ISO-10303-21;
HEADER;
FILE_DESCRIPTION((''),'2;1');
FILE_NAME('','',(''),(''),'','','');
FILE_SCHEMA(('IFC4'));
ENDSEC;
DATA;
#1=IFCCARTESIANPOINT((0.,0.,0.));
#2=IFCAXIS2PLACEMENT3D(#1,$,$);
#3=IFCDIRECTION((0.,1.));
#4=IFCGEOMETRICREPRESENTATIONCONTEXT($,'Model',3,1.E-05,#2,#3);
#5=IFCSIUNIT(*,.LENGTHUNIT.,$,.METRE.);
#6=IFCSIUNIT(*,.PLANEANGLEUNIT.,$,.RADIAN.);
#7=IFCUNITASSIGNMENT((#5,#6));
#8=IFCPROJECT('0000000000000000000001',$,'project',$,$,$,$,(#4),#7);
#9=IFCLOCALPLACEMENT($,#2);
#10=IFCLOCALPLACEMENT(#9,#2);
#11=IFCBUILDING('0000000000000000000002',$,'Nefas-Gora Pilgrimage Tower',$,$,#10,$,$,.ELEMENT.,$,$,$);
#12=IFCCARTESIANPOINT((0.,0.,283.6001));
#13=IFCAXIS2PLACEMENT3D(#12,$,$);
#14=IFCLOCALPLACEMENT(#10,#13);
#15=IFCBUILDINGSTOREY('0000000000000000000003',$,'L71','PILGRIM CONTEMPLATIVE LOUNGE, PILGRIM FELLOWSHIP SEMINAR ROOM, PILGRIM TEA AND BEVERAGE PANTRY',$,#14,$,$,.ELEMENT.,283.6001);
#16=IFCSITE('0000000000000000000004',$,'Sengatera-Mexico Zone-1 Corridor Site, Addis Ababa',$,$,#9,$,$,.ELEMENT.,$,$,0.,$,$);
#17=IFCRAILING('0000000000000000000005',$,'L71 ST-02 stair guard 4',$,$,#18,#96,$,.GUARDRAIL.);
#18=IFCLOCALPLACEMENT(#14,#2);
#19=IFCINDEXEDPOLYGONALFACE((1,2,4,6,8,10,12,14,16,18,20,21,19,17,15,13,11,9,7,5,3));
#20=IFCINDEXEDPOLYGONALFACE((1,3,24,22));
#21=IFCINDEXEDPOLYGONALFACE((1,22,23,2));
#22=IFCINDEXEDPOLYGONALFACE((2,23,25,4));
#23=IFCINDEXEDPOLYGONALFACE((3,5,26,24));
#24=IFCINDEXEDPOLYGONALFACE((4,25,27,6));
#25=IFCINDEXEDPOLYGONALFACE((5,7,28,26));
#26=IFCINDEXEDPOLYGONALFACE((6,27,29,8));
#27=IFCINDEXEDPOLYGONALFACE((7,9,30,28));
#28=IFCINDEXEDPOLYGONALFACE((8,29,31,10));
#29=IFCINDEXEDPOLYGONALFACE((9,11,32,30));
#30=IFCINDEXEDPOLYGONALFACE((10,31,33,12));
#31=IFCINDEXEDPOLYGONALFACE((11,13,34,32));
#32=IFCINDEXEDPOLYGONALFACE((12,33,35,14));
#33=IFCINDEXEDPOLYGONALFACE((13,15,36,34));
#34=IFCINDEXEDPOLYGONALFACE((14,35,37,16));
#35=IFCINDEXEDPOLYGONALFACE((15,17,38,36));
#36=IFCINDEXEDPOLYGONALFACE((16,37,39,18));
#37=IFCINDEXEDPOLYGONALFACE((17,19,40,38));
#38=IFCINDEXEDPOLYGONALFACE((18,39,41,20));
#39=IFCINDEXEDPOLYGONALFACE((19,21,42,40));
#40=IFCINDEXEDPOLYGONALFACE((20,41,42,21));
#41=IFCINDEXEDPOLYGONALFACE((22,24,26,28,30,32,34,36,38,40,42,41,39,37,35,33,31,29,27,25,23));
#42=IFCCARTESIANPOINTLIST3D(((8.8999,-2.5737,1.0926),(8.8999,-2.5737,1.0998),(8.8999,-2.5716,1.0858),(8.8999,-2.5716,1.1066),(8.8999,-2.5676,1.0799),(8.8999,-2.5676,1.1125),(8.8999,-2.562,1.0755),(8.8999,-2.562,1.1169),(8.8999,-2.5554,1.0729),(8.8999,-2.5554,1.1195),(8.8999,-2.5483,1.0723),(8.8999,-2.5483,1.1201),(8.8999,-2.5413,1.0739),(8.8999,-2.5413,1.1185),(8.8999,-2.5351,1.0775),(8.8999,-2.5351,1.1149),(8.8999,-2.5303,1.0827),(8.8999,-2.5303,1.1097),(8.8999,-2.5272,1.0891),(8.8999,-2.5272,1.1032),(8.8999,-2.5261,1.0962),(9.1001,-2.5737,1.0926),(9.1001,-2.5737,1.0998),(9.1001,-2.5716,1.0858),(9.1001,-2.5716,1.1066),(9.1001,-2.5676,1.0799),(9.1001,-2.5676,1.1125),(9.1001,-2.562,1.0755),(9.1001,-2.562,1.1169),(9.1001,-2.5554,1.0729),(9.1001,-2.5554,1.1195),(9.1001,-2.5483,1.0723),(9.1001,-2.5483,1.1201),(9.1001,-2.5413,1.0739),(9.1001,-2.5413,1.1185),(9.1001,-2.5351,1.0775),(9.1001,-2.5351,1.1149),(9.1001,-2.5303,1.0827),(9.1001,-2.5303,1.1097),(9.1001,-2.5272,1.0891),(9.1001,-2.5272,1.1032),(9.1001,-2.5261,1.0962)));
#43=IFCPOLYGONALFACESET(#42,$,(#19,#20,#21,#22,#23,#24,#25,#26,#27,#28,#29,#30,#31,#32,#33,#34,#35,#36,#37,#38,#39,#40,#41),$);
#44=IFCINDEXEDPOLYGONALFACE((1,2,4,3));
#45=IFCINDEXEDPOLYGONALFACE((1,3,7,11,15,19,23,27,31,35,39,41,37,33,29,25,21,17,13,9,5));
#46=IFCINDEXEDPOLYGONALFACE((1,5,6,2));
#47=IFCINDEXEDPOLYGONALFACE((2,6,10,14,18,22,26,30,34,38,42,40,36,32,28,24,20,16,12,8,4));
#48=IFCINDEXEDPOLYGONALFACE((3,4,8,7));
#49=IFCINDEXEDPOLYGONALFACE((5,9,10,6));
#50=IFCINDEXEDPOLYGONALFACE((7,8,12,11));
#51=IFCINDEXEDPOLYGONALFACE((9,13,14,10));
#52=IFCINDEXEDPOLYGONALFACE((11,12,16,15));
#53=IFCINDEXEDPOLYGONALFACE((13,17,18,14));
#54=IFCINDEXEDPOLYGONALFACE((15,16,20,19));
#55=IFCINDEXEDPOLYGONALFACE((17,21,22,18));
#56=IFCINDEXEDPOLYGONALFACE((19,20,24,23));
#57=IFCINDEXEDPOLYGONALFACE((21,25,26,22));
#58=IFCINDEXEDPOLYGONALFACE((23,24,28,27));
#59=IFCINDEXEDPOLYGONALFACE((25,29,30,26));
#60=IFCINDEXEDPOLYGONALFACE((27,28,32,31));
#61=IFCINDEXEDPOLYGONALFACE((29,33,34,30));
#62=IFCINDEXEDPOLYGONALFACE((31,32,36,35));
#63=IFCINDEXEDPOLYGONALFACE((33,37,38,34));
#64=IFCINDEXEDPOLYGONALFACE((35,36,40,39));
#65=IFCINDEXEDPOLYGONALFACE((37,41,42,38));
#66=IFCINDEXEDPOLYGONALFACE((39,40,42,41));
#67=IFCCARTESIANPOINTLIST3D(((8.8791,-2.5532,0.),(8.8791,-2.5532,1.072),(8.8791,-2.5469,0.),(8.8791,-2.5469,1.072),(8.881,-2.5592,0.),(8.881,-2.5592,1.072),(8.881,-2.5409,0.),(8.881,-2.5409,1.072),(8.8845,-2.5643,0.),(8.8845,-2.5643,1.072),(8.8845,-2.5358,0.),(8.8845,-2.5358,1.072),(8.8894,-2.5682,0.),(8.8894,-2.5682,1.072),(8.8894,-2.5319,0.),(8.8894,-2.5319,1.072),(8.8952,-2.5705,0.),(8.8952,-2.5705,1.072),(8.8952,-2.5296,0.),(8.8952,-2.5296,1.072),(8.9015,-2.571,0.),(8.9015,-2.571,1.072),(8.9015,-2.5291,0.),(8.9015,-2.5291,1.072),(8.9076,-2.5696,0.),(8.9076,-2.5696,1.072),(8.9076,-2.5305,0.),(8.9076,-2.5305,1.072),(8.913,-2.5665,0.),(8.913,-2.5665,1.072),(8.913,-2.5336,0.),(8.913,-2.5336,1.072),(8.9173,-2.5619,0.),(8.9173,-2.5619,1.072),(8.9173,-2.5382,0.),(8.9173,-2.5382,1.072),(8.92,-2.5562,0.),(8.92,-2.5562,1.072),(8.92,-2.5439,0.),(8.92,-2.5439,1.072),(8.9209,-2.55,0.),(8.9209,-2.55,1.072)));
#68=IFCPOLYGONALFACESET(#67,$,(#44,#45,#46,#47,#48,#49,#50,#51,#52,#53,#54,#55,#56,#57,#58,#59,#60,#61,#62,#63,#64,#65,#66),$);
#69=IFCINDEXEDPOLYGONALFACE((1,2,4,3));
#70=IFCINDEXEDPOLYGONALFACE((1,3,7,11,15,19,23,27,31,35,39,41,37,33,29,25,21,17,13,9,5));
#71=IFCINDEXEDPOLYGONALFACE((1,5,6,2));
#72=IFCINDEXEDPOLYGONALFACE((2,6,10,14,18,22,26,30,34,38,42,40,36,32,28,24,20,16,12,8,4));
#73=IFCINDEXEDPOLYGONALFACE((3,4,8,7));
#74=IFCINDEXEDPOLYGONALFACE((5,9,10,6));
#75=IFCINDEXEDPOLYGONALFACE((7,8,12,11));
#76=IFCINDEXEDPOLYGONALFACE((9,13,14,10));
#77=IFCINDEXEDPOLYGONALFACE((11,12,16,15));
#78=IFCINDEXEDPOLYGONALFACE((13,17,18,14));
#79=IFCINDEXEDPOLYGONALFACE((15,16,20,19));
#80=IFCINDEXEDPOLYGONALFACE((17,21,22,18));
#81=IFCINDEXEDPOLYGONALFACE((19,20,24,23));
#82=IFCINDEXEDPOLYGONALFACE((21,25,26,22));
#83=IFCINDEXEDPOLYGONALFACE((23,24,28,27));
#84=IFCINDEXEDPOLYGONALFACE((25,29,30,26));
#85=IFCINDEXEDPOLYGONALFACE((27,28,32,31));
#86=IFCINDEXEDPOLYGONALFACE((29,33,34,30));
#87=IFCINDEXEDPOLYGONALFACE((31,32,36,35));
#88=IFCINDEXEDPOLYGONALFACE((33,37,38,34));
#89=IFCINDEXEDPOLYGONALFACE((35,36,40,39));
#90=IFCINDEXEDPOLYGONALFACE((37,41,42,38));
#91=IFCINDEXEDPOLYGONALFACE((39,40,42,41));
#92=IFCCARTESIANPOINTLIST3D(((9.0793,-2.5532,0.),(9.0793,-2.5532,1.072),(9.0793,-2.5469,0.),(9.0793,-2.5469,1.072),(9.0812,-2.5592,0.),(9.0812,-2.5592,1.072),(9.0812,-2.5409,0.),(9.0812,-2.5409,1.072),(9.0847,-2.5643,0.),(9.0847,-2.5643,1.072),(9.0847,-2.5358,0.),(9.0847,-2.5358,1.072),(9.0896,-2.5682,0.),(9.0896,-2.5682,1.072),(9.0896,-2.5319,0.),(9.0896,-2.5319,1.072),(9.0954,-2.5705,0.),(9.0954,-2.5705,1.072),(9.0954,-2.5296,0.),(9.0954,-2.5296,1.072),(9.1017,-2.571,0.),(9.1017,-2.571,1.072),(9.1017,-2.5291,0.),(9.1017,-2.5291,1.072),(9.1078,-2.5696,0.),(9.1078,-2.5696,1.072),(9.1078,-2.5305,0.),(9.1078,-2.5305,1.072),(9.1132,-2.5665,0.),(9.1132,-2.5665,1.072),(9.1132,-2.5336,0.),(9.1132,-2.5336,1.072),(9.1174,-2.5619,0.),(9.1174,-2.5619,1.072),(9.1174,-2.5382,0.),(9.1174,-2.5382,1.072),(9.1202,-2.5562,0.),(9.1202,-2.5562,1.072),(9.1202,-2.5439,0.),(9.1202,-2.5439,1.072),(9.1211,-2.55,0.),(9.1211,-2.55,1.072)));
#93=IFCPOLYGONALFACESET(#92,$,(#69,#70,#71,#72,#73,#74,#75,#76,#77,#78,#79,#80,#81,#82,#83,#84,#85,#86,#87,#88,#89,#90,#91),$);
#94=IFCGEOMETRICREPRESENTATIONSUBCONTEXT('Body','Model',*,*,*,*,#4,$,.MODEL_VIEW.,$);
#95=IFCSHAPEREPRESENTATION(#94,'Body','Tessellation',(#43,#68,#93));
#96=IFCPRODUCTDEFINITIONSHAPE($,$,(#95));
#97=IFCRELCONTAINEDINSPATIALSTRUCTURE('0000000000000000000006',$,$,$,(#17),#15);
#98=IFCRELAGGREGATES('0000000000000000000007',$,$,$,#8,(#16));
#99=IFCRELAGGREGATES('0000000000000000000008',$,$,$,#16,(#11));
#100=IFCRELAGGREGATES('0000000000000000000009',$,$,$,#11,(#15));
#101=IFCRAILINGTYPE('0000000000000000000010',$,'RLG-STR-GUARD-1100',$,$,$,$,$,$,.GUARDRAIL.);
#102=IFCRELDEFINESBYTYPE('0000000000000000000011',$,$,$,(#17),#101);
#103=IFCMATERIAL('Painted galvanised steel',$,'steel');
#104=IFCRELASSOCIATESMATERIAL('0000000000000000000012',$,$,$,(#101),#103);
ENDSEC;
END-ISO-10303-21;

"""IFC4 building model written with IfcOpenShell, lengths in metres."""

from ifc_helpers import new_model, si_unit, direction, frame, origin, origin_2d, place, context, subcontext, project, spatial, circle, extrude, material, type_object, element, save


model = new_model("IFC4")

# Units and contexts
model_context = context("Model", 3, precision=1e-05, world=origin(), true_north=direction((0.0, 1.0)))
body_context = subcontext(model_context, "Body", "Model", "MODEL_VIEW")
ifc_project = project(units=[si_unit("LENGTHUNIT", "METRE"), si_unit("PLANEANGLEUNIT", "RADIAN")], contexts=[model_context])

# Site, building, storey
site_placement = place(None, origin())
site = spatial("IfcSite", under=ifc_project, at=site_placement, Name="Sengatera-Mexico Zone-1 Corridor Site, Addis Ababa", CompositionType="ELEMENT", RefElevation=0.0)
building_placement = place(site_placement, origin())
building = spatial("IfcBuilding", under=site, at=building_placement, Name="Nefas-Gora Pilgrimage Tower", CompositionType="ELEMENT")
storey_placement = place(building_placement, frame((0.0, 0.0, 283.6001)))
storey = spatial("IfcBuildingStorey", under=building, at=storey_placement, Name="L71", Description="PILGRIM CONTEMPLATIVE LOUNGE, PILGRIM FELLOWSHIP SEMINAR ROOM, PILGRIM TEA AND BEVERAGE PANTRY", CompositionType="ELEMENT", Elevation=283.6001)

# Railing
ifc_material_1 = material(Name="Painted galvanised steel", Category="steel")
railing_type_1 = type_object("IfcRailingType", Name="RLG-STR-GUARD-1100", PredefinedType="GUARDRAIL", material=ifc_material_1)
railing_1_placement = place(storey_placement, frame((8.8999, -2.55, 0.0)))
element("IfcRailing", 1, at=railing_1_placement, inside=storey, type_object=railing_type_1, Name="L71 ST-02 stair guard 4", PredefinedType="GUARDRAIL", context=body_context, shape_type="SweptSolid", body=[
    extrude(circle(Radius=0.0239, at=origin_2d()), frame((0.0, 0.0, 1.0962), z_axis=(1.0, 0.0, 0.0), x_axis=(0.0, 1.0, 0.0)), (0.0, 0.0, 1.0), 0.2002),
    extrude(circle(Radius=0.021, at=origin_2d()), origin(), (0.0, 0.0, 1.0), 1.072),
    extrude(circle(Radius=0.021, at=origin_2d()), frame((0.2002, 0.0, 0.0)), (0.0, 0.0, 1.0), 1.072),
])

save(model, "model.ifc")
